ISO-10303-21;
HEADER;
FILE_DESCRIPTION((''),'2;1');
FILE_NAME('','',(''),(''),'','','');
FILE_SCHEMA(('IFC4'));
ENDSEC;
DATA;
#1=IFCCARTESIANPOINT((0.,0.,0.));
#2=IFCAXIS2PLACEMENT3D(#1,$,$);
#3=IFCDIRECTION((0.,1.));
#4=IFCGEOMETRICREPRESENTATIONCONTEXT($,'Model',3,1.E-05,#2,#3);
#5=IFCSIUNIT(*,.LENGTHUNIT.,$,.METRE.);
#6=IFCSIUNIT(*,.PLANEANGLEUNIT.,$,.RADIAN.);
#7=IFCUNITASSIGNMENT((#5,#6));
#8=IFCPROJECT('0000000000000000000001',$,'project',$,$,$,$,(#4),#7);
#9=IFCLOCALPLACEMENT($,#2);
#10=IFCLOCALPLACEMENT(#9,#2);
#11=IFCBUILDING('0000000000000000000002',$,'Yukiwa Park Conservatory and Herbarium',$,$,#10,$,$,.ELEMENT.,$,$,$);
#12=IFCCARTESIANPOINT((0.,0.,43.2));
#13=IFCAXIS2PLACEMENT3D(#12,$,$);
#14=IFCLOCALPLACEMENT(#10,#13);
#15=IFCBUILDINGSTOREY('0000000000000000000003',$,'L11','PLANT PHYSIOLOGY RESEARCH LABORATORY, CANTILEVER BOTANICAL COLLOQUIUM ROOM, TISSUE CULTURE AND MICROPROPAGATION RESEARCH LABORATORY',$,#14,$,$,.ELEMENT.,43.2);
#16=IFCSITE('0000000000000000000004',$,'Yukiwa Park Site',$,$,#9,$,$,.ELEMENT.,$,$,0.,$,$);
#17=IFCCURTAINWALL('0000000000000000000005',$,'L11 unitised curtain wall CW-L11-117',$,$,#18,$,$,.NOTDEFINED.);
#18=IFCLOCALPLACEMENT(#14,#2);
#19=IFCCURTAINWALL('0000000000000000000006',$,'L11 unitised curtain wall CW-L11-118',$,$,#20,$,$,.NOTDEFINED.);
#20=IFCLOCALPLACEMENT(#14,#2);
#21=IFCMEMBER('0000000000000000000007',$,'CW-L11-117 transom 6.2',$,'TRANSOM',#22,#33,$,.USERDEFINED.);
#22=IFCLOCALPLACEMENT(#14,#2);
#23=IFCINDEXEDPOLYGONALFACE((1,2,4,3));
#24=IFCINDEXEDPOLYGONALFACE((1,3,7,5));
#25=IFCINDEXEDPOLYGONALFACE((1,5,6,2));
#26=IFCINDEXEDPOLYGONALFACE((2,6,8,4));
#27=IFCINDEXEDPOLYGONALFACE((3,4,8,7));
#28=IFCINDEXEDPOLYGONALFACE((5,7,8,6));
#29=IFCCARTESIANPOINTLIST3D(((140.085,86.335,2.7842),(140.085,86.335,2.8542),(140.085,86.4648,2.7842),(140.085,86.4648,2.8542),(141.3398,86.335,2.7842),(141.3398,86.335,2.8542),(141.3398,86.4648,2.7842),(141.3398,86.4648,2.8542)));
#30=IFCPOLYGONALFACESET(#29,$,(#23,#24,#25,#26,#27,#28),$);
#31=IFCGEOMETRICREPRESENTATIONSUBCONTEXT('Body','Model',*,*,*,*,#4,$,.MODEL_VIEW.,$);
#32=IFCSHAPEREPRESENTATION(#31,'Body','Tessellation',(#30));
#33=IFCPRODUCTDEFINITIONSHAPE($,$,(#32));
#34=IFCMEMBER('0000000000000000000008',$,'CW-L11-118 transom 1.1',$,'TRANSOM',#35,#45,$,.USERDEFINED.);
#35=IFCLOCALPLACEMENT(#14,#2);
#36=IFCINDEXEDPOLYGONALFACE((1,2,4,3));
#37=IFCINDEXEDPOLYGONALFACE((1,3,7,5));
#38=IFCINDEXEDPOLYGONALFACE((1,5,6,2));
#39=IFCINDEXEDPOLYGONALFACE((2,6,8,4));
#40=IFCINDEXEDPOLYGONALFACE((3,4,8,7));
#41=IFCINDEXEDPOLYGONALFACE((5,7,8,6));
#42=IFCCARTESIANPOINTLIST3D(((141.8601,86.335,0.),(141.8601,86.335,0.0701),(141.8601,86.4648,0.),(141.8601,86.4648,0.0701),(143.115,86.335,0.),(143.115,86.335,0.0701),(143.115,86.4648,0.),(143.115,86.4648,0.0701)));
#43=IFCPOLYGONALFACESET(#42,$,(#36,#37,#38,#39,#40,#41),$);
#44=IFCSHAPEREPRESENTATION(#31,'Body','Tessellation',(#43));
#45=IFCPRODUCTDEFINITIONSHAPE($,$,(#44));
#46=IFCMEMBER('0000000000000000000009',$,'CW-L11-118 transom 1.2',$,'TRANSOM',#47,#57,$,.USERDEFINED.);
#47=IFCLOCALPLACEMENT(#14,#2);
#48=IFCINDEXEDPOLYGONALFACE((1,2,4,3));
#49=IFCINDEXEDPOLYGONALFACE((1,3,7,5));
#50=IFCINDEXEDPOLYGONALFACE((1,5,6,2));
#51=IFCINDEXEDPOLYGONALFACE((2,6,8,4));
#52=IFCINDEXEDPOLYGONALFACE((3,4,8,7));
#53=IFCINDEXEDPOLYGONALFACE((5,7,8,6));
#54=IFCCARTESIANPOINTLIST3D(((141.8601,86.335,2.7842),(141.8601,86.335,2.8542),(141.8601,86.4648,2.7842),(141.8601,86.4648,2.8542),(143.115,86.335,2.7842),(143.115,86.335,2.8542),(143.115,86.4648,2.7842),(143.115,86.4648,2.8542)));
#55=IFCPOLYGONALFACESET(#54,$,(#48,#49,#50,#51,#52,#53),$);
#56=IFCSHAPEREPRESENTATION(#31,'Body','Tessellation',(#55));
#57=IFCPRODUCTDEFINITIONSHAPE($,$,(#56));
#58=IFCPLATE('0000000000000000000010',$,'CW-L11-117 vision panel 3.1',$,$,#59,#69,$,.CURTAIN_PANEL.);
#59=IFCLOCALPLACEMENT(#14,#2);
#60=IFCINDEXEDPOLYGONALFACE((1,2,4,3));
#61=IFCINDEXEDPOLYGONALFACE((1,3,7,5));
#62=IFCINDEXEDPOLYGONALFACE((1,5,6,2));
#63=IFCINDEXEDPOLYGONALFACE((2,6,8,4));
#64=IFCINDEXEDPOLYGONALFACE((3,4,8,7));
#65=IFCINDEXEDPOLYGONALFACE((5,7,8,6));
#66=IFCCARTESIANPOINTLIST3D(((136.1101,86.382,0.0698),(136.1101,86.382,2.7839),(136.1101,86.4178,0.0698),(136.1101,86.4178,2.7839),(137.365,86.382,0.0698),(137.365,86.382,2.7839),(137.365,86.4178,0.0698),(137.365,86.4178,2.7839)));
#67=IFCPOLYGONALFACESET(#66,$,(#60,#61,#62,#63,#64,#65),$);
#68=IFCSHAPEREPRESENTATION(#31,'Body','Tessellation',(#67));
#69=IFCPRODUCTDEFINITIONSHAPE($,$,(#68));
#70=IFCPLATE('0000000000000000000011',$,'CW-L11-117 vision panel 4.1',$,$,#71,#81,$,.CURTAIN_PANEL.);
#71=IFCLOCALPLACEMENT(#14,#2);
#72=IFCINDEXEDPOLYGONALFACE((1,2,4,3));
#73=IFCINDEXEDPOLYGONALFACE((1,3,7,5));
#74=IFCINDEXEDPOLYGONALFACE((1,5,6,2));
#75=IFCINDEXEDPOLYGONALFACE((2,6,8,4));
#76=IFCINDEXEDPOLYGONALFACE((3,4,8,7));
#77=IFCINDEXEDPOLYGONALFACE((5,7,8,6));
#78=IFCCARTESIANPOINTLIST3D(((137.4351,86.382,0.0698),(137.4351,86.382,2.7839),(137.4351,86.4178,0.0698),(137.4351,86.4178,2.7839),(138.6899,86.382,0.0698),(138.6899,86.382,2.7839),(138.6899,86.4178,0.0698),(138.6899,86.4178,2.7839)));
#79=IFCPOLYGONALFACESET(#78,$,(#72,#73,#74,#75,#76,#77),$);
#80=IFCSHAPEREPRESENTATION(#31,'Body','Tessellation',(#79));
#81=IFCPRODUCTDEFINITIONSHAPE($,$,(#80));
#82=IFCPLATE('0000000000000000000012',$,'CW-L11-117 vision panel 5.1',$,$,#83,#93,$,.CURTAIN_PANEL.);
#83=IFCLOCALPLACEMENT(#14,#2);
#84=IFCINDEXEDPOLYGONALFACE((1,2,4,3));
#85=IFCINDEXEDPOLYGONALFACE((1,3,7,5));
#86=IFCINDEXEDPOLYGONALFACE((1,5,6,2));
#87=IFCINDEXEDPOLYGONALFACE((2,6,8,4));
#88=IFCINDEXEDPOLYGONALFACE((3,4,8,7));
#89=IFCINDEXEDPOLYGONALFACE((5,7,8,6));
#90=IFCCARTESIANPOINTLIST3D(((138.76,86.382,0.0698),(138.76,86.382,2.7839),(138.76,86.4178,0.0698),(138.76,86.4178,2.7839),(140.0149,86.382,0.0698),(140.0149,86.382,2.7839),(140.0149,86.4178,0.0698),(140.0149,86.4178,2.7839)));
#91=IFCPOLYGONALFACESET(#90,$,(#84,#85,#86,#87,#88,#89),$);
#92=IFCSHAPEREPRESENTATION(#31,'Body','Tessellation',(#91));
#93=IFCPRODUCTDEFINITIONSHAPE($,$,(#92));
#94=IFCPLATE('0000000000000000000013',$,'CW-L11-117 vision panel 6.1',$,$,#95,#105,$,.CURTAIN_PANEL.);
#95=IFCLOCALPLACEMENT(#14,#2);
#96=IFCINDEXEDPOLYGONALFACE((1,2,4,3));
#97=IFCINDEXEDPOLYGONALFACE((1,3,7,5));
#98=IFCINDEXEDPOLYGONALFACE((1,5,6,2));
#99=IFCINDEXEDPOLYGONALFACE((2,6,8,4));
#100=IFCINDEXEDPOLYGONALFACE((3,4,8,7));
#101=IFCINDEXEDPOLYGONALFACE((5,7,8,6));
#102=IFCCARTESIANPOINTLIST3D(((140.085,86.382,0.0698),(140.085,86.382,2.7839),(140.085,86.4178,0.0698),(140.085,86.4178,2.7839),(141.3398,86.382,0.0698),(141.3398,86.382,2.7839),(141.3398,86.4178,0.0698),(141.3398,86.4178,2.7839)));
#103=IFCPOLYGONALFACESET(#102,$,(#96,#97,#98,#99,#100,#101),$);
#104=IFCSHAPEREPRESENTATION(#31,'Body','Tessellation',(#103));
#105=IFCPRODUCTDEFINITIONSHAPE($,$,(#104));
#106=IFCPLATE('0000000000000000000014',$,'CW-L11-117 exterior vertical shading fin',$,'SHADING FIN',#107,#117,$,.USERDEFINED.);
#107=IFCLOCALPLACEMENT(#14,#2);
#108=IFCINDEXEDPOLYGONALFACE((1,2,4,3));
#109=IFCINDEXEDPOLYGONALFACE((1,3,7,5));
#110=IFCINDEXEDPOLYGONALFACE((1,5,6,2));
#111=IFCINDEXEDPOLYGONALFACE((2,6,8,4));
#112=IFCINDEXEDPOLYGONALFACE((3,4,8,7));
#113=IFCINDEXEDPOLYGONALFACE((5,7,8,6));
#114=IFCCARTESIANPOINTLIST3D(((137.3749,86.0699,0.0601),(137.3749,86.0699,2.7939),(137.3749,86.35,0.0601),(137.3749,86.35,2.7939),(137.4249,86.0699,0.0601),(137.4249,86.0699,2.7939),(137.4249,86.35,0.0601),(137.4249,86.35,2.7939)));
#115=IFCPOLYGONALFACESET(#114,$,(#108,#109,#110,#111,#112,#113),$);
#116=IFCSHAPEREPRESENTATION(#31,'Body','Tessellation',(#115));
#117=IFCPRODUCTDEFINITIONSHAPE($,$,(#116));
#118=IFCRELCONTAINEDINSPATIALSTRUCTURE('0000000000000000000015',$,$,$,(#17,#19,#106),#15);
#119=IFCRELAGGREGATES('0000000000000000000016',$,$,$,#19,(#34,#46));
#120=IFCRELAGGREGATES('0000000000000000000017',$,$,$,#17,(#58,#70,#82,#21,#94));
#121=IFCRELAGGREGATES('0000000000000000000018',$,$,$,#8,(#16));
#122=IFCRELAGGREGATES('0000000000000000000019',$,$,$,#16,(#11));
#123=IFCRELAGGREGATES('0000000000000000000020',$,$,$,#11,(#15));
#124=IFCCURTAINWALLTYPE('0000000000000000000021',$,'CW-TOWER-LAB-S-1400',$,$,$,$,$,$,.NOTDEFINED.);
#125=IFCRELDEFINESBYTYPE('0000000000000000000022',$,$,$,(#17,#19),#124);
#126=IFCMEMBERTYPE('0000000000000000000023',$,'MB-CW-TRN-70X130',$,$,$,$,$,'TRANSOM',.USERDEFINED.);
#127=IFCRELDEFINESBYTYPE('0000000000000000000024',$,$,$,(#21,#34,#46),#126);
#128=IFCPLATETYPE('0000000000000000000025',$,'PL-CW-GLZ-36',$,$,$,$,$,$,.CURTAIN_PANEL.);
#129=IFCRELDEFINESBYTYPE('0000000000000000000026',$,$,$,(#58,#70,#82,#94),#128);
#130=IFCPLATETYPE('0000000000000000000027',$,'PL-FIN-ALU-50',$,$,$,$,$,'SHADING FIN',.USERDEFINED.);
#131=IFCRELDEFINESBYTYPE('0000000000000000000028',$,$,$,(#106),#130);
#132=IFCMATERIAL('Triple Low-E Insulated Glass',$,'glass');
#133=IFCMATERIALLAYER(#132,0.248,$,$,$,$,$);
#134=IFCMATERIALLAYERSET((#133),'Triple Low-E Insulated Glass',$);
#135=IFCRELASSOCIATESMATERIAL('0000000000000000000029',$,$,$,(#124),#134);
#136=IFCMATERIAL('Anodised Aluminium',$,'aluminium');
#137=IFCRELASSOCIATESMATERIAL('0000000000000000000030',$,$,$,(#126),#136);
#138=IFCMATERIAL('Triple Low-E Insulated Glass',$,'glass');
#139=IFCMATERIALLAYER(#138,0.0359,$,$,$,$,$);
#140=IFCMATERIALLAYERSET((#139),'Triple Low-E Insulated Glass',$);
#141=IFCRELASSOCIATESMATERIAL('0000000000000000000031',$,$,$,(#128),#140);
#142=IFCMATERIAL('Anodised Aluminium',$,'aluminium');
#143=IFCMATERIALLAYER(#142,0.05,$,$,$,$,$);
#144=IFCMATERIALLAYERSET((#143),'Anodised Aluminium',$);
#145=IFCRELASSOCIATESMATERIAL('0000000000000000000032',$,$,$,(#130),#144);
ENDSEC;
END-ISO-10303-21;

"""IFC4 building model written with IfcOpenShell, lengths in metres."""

from ifc_helpers import new_model, si_unit, direction, frame, origin, origin_2d, place, context, subcontext, project, spatial, rectangle, extrude, material, layer, layer_set, type_object, element, aggregate, save


model = new_model("IFC4")

# Units and contexts
model_context = context("Model", 3, precision=1e-05, world=origin(), true_north=direction((0.0, 1.0)))
body_context = subcontext(model_context, "Body", "Model", "MODEL_VIEW")
ifc_project = project(units=[si_unit("LENGTHUNIT", "METRE"), si_unit("PLANEANGLEUNIT", "RADIAN")], contexts=[model_context])

# Site, building, storey
site_placement = place(None, origin())
site = spatial("IfcSite", under=ifc_project, at=site_placement, Name="Yukiwa Park Site", CompositionType="ELEMENT", RefElevation=0.0)
building_placement = place(site_placement, origin())
building = spatial("IfcBuilding", under=site, at=building_placement, Name="Yukiwa Park Conservatory and Herbarium", CompositionType="ELEMENT")
storey_placement = place(building_placement, frame((0.0, 0.0, 43.2)))
storey = spatial("IfcBuildingStorey", under=building, at=storey_placement, Name="L11", Description="PLANT PHYSIOLOGY RESEARCH LABORATORY, CANTILEVER BOTANICAL COLLOQUIUM ROOM, TISSUE CULTURE AND MICROPROPAGATION RESEARCH LABORATORY", CompositionType="ELEMENT", Elevation=43.2)

# Curtain wall
ifc_material_1 = material(Name="Triple Low-E Insulated Glass", Category="glass")
ifc_layer_1 = layer(ifc_material_1, 0.248)
ifc_layer_set_1 = layer_set([ifc_layer_1], Name="Triple Low-E Insulated Glass")
curtain_wall_type = type_object("IfcCurtainWallType", Name="CW-TOWER-LAB-S-1400", PredefinedType="NOTDEFINED", material=ifc_layer_set_1)
curtain_wall_1_placement = place(storey_placement, origin())
curtain_wall_1 = element("IfcCurtainWall", 1, at=curtain_wall_1_placement, inside=storey, type_object=curtain_wall_type, Name="L11 unitised curtain wall CW-L11-117", PredefinedType="NOTDEFINED")

# Curtain wall
curtain_wall_2_placement = place(storey_placement, origin())
curtain_wall_2 = element("IfcCurtainWall", 2, at=curtain_wall_2_placement, inside=storey, type_object=curtain_wall_type, Name="L11 unitised curtain wall CW-L11-118", PredefinedType="NOTDEFINED")

# Members
ifc_material_2 = material(Name="Anodised Aluminium", Category="aluminium")
member_type_1 = type_object("IfcMemberType", Name="MB-CW-TRN-70X130", ElementType="TRANSOM", PredefinedType="USERDEFINED", material=ifc_material_2)
member_1_placement = place(storey_placement, frame((140.7124, 86.3999, 2.7842), z_axis=(0.0, 0.0, 1.0), x_axis=(1.0, 0.0, 0.0)))
member_1 = element("IfcMember", 3, at=member_1_placement, type_object=member_type_1, Name="CW-L11-117 transom 6.2", ObjectType="TRANSOM", PredefinedType="USERDEFINED", context=body_context, shape_type="SweptSolid", body=[
    extrude(rectangle(XDim=1.2549, YDim=0.1299, at=origin_2d()), origin(), (0.0, 0.0, 1.0), 0.0701),
])
member_2_placement = place(storey_placement, frame((142.4875, 86.3999, 0.0), z_axis=(0.0, 0.0, 1.0), x_axis=(1.0, 0.0, 0.0)))
member_2 = element("IfcMember", 4, at=member_2_placement, type_object=member_type_1, Name="CW-L11-118 transom 1.1", ObjectType="TRANSOM", PredefinedType="USERDEFINED", context=body_context, shape_type="SweptSolid", body=[
    extrude(rectangle(XDim=1.2549, YDim=0.1299, at=origin_2d()), origin(), (0.0, 0.0, 1.0), 0.0701),
])
member_3_placement = place(storey_placement, frame((142.4875, 86.3999, 2.7842), z_axis=(0.0, 0.0, 1.0), x_axis=(1.0, 0.0, 0.0)))
member_3 = element("IfcMember", 5, at=member_3_placement, type_object=member_type_1, Name="CW-L11-118 transom 1.2", ObjectType="TRANSOM", PredefinedType="USERDEFINED", context=body_context, shape_type="SweptSolid", body=[
    extrude(rectangle(XDim=1.2549, YDim=0.1299, at=origin_2d()), origin(), (0.0, 0.0, 1.0), 0.0701),
])
aggregate(curtain_wall_2, [member_2, member_3])

# Plates
ifc_material_3 = material(Name="Triple Low-E Insulated Glass", Category="glass")
ifc_layer_2 = layer(ifc_material_3, 0.0359)
ifc_layer_set_2 = layer_set([ifc_layer_2], Name="Triple Low-E Insulated Glass")
plate_type_1 = type_object("IfcPlateType", Name="PL-CW-GLZ-36", PredefinedType="CURTAIN_PANEL", material=ifc_layer_set_2)
plate_1_placement = place(storey_placement, frame((136.7375, 86.3999, 0.0698), z_axis=(0.0, 0.0, 1.0), x_axis=(1.0, 0.0, 0.0)))
plate_1 = element("IfcPlate", 6, at=plate_1_placement, type_object=plate_type_1, Name="CW-L11-117 vision panel 3.1", PredefinedType="CURTAIN_PANEL", context=body_context, shape_type="SweptSolid", body=[
    extrude(rectangle(XDim=1.2549, YDim=0.0359, at=origin_2d()), origin(), (0.0, 0.0, 1.0), 2.7141),
])
plate_2_placement = place(storey_placement, frame((138.0625, 86.3999, 0.0698), z_axis=(0.0, 0.0, 1.0), x_axis=(1.0, 0.0, 0.0)))
plate_2 = element("IfcPlate", 7, at=plate_2_placement, type_object=plate_type_1, Name="CW-L11-117 vision panel 4.1", PredefinedType="CURTAIN_PANEL", context=body_context, shape_type="SweptSolid", body=[
    extrude(rectangle(XDim=1.2549, YDim=0.0359, at=origin_2d()), origin(), (0.0, 0.0, 1.0), 2.7141),
])
plate_3_placement = place(storey_placement, frame((139.3875, 86.3999, 0.0698), z_axis=(0.0, 0.0, 1.0), x_axis=(1.0, 0.0, 0.0)))
plate_3 = element("IfcPlate", 8, at=plate_3_placement, type_object=plate_type_1, Name="CW-L11-117 vision panel 5.1", PredefinedType="CURTAIN_PANEL", context=body_context, shape_type="SweptSolid", body=[
    extrude(rectangle(XDim=1.2549, YDim=0.0359, at=origin_2d()), origin(), (0.0, 0.0, 1.0), 2.7141),
])
plate_4_placement = place(storey_placement, frame((140.7124, 86.3999, 0.0698), z_axis=(0.0, 0.0, 1.0), x_axis=(1.0, 0.0, 0.0)))
plate_4 = element("IfcPlate", 9, at=plate_4_placement, type_object=plate_type_1, Name="CW-L11-117 vision panel 6.1", PredefinedType="CURTAIN_PANEL", context=body_context, shape_type="SweptSolid", body=[
    extrude(rectangle(XDim=1.2549, YDim=0.0359, at=origin_2d()), origin(), (0.0, 0.0, 1.0), 2.7141),
])
aggregate(curtain_wall_1, [plate_1, plate_2, plate_3, member_1, plate_4])
ifc_material_4 = material(Name="Anodised Aluminium", Category="aluminium")
ifc_layer_3 = layer(ifc_material_4, 0.05)
ifc_layer_set_3 = layer_set([ifc_layer_3], Name="Anodised Aluminium")
plate_type_2 = type_object("IfcPlateType", Name="PL-FIN-ALU-50", ElementType="SHADING FIN", PredefinedType="USERDEFINED", material=ifc_layer_set_3)
plate_5_placement = place(storey_placement, frame((137.3999, 86.21, 0.0601), z_axis=(0.0, 0.0, 1.0), x_axis=(1.0, 0.0, 0.0)))
element("IfcPlate", 10, at=plate_5_placement, inside=storey, type_object=plate_type_2, Name="CW-L11-117 exterior vertical shading fin", ObjectType="SHADING FIN", PredefinedType="USERDEFINED", context=body_context, shape_type="SweptSolid", body=[
    extrude(rectangle(XDim=0.05, YDim=0.28, at=origin_2d()), origin(), (0.0, 0.0, 1.0), 2.7339),
])

save(model, "model.ifc")
